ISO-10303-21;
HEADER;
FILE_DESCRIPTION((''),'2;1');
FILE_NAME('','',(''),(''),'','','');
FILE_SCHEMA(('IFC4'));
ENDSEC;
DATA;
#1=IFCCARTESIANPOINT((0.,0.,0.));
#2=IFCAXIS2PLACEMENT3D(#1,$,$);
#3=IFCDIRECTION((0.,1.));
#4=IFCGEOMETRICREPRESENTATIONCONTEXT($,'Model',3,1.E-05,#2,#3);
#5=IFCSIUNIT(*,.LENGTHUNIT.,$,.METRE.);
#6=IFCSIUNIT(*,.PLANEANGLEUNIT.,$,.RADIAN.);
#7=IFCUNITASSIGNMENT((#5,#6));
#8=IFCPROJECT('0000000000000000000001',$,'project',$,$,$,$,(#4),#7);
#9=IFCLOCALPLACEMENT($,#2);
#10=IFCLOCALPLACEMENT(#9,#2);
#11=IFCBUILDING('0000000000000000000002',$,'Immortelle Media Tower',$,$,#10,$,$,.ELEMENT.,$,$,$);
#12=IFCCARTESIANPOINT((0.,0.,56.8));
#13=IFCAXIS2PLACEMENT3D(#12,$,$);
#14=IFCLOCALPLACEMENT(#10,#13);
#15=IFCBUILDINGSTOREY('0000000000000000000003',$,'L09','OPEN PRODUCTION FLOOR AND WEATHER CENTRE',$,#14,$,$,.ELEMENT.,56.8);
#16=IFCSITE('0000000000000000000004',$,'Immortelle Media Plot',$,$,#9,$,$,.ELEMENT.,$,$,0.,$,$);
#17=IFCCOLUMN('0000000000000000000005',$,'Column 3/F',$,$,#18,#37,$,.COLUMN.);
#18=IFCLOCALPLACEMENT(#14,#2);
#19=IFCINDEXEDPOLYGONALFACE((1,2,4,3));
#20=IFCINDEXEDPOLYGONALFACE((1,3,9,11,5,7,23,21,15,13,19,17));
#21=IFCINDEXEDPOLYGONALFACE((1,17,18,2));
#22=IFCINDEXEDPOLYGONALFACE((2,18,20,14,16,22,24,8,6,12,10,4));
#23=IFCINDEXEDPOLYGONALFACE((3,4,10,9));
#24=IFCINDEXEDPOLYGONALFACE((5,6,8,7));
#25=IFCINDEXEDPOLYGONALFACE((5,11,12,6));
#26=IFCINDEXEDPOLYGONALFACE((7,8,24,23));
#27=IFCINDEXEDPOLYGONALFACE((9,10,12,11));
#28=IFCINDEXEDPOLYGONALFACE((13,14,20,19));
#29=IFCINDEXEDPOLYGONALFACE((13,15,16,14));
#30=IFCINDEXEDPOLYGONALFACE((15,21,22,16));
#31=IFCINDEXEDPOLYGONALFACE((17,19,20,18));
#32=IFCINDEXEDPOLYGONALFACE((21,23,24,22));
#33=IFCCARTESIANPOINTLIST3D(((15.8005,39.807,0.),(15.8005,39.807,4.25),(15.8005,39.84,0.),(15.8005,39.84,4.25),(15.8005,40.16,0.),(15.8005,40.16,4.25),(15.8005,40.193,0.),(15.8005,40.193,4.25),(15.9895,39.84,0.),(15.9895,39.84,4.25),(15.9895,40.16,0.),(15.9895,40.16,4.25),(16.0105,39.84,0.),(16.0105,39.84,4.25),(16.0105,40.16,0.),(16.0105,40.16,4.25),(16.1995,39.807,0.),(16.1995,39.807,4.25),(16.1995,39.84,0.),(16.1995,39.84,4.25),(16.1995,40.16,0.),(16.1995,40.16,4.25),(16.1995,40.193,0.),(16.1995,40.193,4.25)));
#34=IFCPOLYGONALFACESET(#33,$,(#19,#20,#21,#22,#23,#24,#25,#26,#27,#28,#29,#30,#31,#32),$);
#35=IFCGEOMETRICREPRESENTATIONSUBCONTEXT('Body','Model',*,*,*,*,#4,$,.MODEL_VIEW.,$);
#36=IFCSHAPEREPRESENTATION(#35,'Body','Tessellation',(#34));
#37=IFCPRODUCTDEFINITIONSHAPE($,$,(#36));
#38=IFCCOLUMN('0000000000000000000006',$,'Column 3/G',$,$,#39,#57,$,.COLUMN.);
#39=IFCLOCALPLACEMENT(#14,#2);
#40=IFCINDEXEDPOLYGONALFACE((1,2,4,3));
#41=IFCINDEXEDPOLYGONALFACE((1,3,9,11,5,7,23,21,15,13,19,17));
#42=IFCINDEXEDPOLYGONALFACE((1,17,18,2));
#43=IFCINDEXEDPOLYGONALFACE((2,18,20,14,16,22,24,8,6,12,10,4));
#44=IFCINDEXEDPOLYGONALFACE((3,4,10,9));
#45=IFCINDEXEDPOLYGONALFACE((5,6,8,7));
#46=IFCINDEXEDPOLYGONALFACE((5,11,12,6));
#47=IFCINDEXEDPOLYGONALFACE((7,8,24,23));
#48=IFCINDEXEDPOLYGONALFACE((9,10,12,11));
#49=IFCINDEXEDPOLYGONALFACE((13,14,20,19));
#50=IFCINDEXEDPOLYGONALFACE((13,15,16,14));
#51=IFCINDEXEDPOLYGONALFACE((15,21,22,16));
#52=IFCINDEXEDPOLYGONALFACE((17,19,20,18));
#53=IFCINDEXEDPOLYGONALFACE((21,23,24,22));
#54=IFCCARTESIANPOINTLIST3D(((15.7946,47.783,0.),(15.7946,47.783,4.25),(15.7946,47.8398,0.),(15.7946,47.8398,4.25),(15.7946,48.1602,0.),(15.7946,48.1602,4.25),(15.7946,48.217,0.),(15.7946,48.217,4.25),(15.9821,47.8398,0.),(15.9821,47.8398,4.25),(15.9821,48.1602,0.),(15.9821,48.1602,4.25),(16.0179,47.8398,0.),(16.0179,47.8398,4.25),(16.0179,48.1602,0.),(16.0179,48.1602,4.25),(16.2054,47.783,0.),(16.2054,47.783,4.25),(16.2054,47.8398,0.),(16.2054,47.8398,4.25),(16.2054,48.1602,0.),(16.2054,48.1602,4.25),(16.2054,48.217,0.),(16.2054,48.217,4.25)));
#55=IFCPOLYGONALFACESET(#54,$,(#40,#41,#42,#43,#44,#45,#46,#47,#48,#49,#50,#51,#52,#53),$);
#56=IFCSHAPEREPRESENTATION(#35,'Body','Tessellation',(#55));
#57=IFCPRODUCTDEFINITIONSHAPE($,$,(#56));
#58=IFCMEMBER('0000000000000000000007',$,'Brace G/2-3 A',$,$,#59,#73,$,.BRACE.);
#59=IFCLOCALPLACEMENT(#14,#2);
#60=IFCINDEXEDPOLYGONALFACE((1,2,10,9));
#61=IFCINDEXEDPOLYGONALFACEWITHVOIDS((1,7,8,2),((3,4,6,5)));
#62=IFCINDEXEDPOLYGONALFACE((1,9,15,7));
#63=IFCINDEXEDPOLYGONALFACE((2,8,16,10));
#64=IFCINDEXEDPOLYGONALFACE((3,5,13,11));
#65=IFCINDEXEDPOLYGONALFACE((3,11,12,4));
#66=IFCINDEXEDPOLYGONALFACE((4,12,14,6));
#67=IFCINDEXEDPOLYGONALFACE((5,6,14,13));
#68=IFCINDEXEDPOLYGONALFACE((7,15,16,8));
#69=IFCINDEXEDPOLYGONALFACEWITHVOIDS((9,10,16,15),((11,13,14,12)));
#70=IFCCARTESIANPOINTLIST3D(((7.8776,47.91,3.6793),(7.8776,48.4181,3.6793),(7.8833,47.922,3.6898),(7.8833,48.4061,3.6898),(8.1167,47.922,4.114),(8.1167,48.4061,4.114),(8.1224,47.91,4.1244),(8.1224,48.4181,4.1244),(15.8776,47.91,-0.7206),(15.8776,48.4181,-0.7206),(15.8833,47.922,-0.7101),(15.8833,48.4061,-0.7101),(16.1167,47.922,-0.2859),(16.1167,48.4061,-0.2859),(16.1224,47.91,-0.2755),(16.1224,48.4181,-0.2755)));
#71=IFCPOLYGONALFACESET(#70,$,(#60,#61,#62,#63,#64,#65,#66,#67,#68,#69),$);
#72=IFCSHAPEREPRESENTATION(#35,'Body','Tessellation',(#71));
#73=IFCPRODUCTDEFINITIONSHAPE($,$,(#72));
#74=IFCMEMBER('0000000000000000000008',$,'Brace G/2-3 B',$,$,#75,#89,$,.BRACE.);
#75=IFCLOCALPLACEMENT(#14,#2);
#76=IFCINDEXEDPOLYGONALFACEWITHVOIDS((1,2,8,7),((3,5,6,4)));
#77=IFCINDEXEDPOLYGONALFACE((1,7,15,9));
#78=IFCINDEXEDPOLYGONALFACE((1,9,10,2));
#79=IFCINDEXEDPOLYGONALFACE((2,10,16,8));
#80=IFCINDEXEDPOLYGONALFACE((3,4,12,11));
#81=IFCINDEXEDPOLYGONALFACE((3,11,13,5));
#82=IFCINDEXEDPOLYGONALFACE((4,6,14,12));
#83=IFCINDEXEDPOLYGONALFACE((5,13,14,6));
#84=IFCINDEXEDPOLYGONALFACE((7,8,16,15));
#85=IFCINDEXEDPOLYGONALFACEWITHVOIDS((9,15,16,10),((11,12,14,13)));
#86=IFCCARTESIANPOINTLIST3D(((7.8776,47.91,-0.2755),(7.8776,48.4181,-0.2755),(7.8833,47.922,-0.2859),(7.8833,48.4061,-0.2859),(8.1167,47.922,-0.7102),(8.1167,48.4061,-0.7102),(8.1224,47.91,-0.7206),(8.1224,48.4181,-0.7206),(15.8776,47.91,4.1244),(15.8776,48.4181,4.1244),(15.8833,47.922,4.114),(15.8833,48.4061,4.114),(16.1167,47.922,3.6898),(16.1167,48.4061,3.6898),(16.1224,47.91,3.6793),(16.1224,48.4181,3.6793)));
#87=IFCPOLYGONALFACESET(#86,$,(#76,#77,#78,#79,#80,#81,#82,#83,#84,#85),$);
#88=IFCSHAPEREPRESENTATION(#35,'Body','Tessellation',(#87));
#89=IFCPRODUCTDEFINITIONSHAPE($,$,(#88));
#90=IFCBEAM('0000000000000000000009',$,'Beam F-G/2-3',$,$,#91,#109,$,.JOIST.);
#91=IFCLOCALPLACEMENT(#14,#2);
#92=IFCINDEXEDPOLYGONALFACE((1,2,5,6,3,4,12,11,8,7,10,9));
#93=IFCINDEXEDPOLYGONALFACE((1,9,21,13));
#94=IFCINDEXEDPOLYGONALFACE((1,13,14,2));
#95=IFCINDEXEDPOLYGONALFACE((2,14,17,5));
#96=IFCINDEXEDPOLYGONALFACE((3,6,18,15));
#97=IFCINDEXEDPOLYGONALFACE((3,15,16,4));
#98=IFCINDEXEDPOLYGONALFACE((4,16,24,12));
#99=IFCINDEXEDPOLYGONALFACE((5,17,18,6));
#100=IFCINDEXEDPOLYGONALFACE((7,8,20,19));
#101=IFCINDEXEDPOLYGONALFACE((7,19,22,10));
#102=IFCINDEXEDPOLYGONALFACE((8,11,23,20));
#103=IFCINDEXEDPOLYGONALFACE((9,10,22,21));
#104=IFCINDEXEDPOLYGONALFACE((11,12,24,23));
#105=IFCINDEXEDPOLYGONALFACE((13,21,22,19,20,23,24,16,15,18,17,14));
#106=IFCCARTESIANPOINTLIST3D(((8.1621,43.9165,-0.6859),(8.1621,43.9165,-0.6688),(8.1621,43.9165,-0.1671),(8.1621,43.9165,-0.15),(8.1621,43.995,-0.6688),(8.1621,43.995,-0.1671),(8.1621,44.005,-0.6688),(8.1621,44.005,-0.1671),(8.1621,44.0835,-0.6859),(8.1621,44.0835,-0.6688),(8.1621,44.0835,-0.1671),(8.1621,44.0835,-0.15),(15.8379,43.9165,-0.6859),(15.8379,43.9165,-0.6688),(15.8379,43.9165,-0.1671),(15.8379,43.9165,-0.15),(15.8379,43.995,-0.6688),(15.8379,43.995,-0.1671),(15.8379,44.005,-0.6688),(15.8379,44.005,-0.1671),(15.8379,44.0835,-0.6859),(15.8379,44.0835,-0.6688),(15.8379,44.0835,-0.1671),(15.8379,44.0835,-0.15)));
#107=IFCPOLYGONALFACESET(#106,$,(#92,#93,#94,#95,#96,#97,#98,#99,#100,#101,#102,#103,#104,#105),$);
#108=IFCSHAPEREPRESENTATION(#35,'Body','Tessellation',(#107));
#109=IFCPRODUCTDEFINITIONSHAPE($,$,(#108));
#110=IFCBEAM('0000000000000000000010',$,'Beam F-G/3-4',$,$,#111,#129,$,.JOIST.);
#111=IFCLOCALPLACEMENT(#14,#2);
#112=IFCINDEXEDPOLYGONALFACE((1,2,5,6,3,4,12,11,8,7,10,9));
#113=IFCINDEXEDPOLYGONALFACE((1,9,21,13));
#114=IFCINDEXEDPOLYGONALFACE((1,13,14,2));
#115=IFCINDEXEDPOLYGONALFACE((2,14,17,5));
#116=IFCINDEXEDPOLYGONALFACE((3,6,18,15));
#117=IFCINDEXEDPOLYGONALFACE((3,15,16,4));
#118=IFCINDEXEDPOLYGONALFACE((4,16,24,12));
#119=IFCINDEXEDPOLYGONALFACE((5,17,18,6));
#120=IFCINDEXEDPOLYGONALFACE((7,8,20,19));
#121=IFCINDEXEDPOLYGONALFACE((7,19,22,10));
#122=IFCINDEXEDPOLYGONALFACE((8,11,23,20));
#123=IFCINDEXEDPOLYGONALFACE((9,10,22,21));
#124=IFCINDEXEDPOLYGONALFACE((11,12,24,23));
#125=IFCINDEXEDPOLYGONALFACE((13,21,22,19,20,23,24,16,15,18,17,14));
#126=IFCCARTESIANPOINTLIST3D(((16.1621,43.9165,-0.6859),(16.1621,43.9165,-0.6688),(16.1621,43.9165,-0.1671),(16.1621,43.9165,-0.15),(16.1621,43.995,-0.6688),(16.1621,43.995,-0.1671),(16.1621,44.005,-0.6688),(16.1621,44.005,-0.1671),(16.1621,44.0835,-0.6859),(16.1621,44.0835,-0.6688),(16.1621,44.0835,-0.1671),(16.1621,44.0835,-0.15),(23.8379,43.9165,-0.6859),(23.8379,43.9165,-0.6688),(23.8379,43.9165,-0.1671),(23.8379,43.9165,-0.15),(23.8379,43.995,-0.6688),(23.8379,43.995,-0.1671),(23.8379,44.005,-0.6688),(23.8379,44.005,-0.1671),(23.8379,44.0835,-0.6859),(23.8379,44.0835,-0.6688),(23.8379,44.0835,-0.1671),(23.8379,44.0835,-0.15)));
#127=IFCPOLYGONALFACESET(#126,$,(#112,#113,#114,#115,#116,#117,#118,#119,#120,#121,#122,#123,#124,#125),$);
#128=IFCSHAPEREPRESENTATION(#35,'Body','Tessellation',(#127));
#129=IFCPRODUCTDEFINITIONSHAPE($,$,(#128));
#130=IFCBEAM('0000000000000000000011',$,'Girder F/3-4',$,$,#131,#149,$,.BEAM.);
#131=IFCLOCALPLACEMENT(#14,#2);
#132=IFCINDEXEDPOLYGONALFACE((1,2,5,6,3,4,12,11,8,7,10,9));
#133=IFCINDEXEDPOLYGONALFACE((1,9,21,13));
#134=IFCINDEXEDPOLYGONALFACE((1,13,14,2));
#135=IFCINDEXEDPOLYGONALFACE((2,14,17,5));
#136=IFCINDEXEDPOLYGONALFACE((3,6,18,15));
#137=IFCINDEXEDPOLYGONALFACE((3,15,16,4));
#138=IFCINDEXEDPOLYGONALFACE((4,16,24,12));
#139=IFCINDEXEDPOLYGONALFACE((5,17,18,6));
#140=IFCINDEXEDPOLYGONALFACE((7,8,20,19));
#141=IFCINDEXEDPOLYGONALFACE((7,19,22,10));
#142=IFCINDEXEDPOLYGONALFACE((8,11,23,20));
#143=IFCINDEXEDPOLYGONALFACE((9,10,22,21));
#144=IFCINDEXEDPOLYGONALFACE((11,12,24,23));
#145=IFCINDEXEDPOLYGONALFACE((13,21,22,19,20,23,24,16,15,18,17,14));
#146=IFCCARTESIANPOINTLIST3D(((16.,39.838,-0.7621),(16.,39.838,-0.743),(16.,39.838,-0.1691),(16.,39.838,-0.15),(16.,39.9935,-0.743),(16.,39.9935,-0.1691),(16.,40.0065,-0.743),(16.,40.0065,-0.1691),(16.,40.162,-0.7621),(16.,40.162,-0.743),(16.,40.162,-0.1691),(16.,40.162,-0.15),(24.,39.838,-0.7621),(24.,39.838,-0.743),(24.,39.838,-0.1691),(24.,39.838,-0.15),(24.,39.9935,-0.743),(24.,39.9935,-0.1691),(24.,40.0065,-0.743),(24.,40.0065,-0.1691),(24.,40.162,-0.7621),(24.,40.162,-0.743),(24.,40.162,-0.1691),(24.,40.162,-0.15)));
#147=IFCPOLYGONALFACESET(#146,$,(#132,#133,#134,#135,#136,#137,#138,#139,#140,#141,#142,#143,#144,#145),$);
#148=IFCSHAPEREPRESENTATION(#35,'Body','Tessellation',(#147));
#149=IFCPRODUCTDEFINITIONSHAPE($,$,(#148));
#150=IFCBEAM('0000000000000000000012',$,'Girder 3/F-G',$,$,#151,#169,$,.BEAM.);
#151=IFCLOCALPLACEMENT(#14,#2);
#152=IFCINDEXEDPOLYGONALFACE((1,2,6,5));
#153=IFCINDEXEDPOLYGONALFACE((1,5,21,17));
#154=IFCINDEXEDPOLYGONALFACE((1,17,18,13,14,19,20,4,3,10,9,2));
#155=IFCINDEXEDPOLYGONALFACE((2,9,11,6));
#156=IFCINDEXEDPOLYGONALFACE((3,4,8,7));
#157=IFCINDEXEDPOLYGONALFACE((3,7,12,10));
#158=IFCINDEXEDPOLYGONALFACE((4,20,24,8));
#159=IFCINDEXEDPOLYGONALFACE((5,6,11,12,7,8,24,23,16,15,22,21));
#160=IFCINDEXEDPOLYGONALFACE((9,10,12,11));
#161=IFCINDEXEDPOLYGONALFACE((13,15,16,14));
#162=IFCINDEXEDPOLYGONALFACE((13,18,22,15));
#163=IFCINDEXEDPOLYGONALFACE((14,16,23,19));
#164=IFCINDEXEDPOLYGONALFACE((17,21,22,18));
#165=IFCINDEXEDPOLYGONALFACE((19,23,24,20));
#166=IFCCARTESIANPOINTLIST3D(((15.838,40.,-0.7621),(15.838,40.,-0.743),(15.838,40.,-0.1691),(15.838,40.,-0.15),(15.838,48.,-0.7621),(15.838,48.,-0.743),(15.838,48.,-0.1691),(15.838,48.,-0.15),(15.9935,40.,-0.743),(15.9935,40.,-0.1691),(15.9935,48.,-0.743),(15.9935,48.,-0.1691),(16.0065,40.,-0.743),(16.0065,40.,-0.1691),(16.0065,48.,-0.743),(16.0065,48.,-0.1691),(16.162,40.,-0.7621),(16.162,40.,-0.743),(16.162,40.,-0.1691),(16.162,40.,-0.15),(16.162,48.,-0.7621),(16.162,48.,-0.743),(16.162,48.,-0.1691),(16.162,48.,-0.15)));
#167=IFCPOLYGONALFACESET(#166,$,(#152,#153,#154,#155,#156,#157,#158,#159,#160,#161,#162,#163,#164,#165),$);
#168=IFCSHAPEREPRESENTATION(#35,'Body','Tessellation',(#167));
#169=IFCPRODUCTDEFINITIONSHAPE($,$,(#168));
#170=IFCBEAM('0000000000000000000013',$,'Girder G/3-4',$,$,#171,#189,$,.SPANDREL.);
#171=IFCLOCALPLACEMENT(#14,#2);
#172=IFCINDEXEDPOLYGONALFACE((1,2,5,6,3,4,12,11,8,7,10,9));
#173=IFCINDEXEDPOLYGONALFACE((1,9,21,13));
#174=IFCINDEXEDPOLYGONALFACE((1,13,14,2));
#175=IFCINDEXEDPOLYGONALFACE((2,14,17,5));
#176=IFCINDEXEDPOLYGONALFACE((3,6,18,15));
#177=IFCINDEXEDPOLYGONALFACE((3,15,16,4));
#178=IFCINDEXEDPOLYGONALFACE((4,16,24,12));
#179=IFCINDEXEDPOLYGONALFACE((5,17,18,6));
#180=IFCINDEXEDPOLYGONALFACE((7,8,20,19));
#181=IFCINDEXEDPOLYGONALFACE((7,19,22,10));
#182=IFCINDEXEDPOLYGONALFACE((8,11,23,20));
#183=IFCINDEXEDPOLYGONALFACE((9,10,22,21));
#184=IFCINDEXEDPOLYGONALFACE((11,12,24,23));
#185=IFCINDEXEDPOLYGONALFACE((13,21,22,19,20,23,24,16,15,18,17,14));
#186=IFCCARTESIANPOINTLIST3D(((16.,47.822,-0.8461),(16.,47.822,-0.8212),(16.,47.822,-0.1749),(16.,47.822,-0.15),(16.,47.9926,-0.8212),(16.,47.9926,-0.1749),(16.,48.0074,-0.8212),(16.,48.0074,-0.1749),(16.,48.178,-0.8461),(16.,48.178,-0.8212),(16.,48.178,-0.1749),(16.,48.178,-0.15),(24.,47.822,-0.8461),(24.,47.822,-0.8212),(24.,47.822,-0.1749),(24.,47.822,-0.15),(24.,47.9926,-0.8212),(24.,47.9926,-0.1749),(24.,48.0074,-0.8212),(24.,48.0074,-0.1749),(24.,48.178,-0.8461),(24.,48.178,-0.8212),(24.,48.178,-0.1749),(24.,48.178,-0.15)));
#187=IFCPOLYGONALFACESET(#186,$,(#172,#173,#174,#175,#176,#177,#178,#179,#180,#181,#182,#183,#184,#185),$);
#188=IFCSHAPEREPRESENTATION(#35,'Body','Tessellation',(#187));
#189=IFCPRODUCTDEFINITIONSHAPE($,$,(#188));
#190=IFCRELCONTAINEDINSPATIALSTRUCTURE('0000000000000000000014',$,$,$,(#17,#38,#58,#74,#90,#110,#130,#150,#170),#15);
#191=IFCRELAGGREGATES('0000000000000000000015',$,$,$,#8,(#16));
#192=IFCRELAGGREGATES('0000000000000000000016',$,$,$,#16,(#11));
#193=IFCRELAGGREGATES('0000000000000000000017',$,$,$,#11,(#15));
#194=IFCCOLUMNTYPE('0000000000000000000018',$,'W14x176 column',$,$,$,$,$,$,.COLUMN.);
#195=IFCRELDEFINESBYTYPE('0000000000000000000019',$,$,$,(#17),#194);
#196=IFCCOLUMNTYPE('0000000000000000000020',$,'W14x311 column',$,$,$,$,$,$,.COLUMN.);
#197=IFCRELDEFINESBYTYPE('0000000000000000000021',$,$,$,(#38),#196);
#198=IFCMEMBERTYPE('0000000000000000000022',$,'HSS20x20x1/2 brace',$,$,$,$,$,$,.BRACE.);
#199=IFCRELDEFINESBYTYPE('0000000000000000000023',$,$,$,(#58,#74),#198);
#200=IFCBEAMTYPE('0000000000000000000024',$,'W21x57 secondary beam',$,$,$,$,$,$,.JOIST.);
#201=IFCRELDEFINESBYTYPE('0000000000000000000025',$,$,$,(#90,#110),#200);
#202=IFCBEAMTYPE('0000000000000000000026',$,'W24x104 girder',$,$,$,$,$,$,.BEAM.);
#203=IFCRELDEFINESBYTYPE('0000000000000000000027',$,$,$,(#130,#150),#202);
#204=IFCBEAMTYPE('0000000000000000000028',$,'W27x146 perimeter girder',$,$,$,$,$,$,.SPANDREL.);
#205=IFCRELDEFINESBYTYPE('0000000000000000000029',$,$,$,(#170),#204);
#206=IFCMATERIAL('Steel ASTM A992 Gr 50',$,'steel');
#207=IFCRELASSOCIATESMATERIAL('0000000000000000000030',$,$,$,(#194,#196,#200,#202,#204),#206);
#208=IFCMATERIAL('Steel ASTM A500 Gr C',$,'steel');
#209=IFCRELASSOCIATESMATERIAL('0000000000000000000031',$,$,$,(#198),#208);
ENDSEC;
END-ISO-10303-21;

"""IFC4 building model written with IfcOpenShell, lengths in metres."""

from ifc_helpers import new_model, si_unit, direction, frame, origin, origin_2d, place, context, subcontext, project, spatial, hollow_rectangle, i_section, extrude, material, material_profile, profile_set, type_object, element, save


model = new_model("IFC4")

# Units and contexts
model_context = context("Model", 3, precision=1e-05, world=origin(), true_north=direction((0.0, 1.0)))
body_context = subcontext(model_context, "Body", "Model", "MODEL_VIEW")
ifc_project = project(units=[si_unit("LENGTHUNIT", "METRE"), si_unit("PLANEANGLEUNIT", "RADIAN")], contexts=[model_context])

# Site, building, storey
site_placement = place(None, origin())
site = spatial("IfcSite", under=ifc_project, at=site_placement, Name="Immortelle Media Plot", CompositionType="ELEMENT", RefElevation=0.0)
building_placement = place(site_placement, origin())
building = spatial("IfcBuilding", under=site, at=building_placement, Name="Immortelle Media Tower", CompositionType="ELEMENT")
storey_placement = place(building_placement, frame((0.0, 0.0, 56.8)))
storey = spatial("IfcBuildingStorey", under=building, at=storey_placement, Name="L09", Description="OPEN PRODUCTION FLOOR AND WEATHER CENTRE", CompositionType="ELEMENT", Elevation=56.8)

# Columns
ifc_material_1 = material(Name="Steel ASTM A992 Gr 50", Category="steel")
ifc_material_profile_1 = material_profile(ifc_material_1, i_section(OverallWidth=0.3989, OverallDepth=0.386, WebThickness=0.021, FlangeThickness=0.033, at=origin_2d()), Name="W14x176")
ifc_profile_set_1 = profile_set([ifc_material_profile_1], Name="Steel ASTM A992 Gr 50")
column_type_1 = type_object("IfcColumnType", Name="W14x176 column", PredefinedType="COLUMN", material=ifc_profile_set_1)
column_1_placement = place(storey_placement, frame((16.0, 40.0, 0.0), z_axis=(0.0, 0.0, 1.0), x_axis=(1.0, 0.0, 0.0)))
element("IfcColumn", 1, at=column_1_placement, inside=storey, type_object=column_type_1, Name="Column 3/F", PredefinedType="COLUMN", context=body_context, shape_type="SweptSolid", body=[
    extrude(i_section(OverallWidth=0.3989, OverallDepth=0.386, WebThickness=0.021, FlangeThickness=0.033, at=origin_2d()), origin(), (0.0, 0.0, 1.0), 4.25),
])
ifc_material_profile_2 = material_profile(ifc_material_1, i_section(OverallWidth=0.4109, OverallDepth=0.4341, WebThickness=0.0359, FlangeThickness=0.0569, at=origin_2d()), Name="W14x311")
ifc_profile_set_2 = profile_set([ifc_material_profile_2], Name="Steel ASTM A992 Gr 50")
column_type_2 = type_object("IfcColumnType", Name="W14x311 column", PredefinedType="COLUMN", material=ifc_profile_set_2)
column_2_placement = place(storey_placement, frame((16.0, 48.0, 0.0), z_axis=(0.0, 0.0, 1.0), x_axis=(1.0, 0.0, 0.0)))
element("IfcColumn", 2, at=column_2_placement, inside=storey, type_object=column_type_2, Name="Column 3/G", PredefinedType="COLUMN", context=body_context, shape_type="SweptSolid", body=[
    extrude(i_section(OverallWidth=0.4109, OverallDepth=0.4341, WebThickness=0.0359, FlangeThickness=0.0569, at=origin_2d()), origin(), (0.0, 0.0, 1.0), 4.25),
])

# Members
ifc_material_2 = material(Name="Steel ASTM A500 Gr C", Category="steel")
ifc_material_profile_3 = material_profile(ifc_material_2, hollow_rectangle(XDim=0.5081, YDim=0.5081, WallThickness=0.012, at=origin_2d()), Name="HSS20x20x1/2 brace")
ifc_profile_set_3 = profile_set([ifc_material_profile_3], Name="Steel ASTM A500 Gr C")
member_type = type_object("IfcMemberType", Name="HSS20x20x1/2 brace", PredefinedType="BRACE", material=ifc_profile_set_3)
for number, where, z_axis, x_axis, name in (
    (3, (16.0, 48.1641, -0.498), (-0.87622, 0.0, 0.481911), (0.0, -1.0, 0.0), "Brace G/2-3 A"),
    (4, (16.0, 48.1641, 3.9019), (-0.87622, 0.0, -0.481911), (0.0, -1.0, 0.0), "Brace G/2-3 B"),
):
    element("IfcMember", number, at=place(storey_placement, frame(where, z_axis=z_axis, x_axis=x_axis)), inside=storey, type_object=member_type, Name=name, PredefinedType="BRACE", context=body_context, shape_type="SweptSolid", body=[
        extrude(hollow_rectangle(XDim=0.5081, YDim=0.5081, WallThickness=0.012, at=origin_2d()), origin(), (0.0, 0.0, 1.0), 9.1301),
    ])

# Beams
ifc_material_profile_4 = material_profile(ifc_material_1, i_section(OverallWidth=0.167, OverallDepth=0.5359, WebThickness=0.01, FlangeThickness=0.0171, at=origin_2d()), Name="W21x57")
ifc_profile_set_4 = profile_set([ifc_material_profile_4], Name="Steel ASTM A992 Gr 50")
beam_type_1 = type_object("IfcBeamType", Name="W21x57 secondary beam", PredefinedType="JOIST", material=ifc_profile_set_4)
for number, where, z_axis, x_axis, name in (
    (5, (8.1621, 44.0, -0.418), (1.0, 0.0, 0.0), (0.0, 1.0, 0.0), "Beam F-G/2-3"),
    (6, (16.1621, 44.0, -0.418), (1.0, 0.0, 0.0), (0.0, 1.0, 0.0), "Beam F-G/3-4"),
):
    element("IfcBeam", number, at=place(storey_placement, frame(where, z_axis=z_axis, x_axis=x_axis)), inside=storey, type_object=beam_type_1, Name=name, PredefinedType="JOIST", context=body_context, shape_type="SweptSolid", body=[
        extrude(i_section(OverallWidth=0.167, OverallDepth=0.5359, WebThickness=0.01, FlangeThickness=0.0171, at=origin_2d()), origin(), (0.0, 0.0, 1.0), 7.6758),
    ])
ifc_material_profile_5 = material_profile(ifc_material_1, i_section(OverallWidth=0.324, OverallDepth=0.6121, WebThickness=0.0129, FlangeThickness=0.019, at=origin_2d()), Name="W24x104")
ifc_profile_set_5 = profile_set([ifc_material_profile_5], Name="Steel ASTM A992 Gr 50")
beam_type_2 = type_object("IfcBeamType", Name="W24x104 girder", PredefinedType="BEAM", material=ifc_profile_set_5)
for number, where, z_axis, x_axis, name in (
    (7, (16.0, 40.0, -0.4561), (1.0, 0.0, 0.0), (0.0, 1.0, 0.0), "Girder F/3-4"),
    (8, (16.0, 40.0, -0.4561), (0.0, 1.0, 0.0), (-1.0, 0.0, 0.0), "Girder 3/F-G"),
):
    element("IfcBeam", number, at=place(storey_placement, frame(where, z_axis=z_axis, x_axis=x_axis)), inside=storey, type_object=beam_type_2, Name=name, PredefinedType="BEAM", context=body_context, shape_type="SweptSolid", body=[
        extrude(i_section(OverallWidth=0.324, OverallDepth=0.6121, WebThickness=0.0129, FlangeThickness=0.019, at=origin_2d()), origin(), (0.0, 0.0, 1.0), 8.0),
    ])
ifc_material_profile_6 = material_profile(ifc_material_1, i_section(OverallWidth=0.356, OverallDepth=0.696, WebThickness=0.0149, FlangeThickness=0.0249, at=origin_2d()), Name="W27x146")
ifc_profile_set_6 = profile_set([ifc_material_profile_6], Name="Steel ASTM A992 Gr 50")
beam_type_3 = type_object("IfcBeamType", Name="W27x146 perimeter girder", PredefinedType="SPANDREL", material=ifc_profile_set_6)
beam_placement = place(storey_placement, frame((16.0, 48.0, -0.498), z_axis=(1.0, 0.0, 0.0), x_axis=(0.0, 1.0, 0.0)))
element("IfcBeam", 9, at=beam_placement, inside=storey, type_object=beam_type_3, Name="Girder G/3-4", PredefinedType="SPANDREL", context=body_context, shape_type="SweptSolid", body=[
    extrude(i_section(OverallWidth=0.356, OverallDepth=0.696, WebThickness=0.0149, FlangeThickness=0.0249, at=origin_2d()), origin(), (0.0, 0.0, 1.0), 8.0),
])

save(model, "model.ifc")
